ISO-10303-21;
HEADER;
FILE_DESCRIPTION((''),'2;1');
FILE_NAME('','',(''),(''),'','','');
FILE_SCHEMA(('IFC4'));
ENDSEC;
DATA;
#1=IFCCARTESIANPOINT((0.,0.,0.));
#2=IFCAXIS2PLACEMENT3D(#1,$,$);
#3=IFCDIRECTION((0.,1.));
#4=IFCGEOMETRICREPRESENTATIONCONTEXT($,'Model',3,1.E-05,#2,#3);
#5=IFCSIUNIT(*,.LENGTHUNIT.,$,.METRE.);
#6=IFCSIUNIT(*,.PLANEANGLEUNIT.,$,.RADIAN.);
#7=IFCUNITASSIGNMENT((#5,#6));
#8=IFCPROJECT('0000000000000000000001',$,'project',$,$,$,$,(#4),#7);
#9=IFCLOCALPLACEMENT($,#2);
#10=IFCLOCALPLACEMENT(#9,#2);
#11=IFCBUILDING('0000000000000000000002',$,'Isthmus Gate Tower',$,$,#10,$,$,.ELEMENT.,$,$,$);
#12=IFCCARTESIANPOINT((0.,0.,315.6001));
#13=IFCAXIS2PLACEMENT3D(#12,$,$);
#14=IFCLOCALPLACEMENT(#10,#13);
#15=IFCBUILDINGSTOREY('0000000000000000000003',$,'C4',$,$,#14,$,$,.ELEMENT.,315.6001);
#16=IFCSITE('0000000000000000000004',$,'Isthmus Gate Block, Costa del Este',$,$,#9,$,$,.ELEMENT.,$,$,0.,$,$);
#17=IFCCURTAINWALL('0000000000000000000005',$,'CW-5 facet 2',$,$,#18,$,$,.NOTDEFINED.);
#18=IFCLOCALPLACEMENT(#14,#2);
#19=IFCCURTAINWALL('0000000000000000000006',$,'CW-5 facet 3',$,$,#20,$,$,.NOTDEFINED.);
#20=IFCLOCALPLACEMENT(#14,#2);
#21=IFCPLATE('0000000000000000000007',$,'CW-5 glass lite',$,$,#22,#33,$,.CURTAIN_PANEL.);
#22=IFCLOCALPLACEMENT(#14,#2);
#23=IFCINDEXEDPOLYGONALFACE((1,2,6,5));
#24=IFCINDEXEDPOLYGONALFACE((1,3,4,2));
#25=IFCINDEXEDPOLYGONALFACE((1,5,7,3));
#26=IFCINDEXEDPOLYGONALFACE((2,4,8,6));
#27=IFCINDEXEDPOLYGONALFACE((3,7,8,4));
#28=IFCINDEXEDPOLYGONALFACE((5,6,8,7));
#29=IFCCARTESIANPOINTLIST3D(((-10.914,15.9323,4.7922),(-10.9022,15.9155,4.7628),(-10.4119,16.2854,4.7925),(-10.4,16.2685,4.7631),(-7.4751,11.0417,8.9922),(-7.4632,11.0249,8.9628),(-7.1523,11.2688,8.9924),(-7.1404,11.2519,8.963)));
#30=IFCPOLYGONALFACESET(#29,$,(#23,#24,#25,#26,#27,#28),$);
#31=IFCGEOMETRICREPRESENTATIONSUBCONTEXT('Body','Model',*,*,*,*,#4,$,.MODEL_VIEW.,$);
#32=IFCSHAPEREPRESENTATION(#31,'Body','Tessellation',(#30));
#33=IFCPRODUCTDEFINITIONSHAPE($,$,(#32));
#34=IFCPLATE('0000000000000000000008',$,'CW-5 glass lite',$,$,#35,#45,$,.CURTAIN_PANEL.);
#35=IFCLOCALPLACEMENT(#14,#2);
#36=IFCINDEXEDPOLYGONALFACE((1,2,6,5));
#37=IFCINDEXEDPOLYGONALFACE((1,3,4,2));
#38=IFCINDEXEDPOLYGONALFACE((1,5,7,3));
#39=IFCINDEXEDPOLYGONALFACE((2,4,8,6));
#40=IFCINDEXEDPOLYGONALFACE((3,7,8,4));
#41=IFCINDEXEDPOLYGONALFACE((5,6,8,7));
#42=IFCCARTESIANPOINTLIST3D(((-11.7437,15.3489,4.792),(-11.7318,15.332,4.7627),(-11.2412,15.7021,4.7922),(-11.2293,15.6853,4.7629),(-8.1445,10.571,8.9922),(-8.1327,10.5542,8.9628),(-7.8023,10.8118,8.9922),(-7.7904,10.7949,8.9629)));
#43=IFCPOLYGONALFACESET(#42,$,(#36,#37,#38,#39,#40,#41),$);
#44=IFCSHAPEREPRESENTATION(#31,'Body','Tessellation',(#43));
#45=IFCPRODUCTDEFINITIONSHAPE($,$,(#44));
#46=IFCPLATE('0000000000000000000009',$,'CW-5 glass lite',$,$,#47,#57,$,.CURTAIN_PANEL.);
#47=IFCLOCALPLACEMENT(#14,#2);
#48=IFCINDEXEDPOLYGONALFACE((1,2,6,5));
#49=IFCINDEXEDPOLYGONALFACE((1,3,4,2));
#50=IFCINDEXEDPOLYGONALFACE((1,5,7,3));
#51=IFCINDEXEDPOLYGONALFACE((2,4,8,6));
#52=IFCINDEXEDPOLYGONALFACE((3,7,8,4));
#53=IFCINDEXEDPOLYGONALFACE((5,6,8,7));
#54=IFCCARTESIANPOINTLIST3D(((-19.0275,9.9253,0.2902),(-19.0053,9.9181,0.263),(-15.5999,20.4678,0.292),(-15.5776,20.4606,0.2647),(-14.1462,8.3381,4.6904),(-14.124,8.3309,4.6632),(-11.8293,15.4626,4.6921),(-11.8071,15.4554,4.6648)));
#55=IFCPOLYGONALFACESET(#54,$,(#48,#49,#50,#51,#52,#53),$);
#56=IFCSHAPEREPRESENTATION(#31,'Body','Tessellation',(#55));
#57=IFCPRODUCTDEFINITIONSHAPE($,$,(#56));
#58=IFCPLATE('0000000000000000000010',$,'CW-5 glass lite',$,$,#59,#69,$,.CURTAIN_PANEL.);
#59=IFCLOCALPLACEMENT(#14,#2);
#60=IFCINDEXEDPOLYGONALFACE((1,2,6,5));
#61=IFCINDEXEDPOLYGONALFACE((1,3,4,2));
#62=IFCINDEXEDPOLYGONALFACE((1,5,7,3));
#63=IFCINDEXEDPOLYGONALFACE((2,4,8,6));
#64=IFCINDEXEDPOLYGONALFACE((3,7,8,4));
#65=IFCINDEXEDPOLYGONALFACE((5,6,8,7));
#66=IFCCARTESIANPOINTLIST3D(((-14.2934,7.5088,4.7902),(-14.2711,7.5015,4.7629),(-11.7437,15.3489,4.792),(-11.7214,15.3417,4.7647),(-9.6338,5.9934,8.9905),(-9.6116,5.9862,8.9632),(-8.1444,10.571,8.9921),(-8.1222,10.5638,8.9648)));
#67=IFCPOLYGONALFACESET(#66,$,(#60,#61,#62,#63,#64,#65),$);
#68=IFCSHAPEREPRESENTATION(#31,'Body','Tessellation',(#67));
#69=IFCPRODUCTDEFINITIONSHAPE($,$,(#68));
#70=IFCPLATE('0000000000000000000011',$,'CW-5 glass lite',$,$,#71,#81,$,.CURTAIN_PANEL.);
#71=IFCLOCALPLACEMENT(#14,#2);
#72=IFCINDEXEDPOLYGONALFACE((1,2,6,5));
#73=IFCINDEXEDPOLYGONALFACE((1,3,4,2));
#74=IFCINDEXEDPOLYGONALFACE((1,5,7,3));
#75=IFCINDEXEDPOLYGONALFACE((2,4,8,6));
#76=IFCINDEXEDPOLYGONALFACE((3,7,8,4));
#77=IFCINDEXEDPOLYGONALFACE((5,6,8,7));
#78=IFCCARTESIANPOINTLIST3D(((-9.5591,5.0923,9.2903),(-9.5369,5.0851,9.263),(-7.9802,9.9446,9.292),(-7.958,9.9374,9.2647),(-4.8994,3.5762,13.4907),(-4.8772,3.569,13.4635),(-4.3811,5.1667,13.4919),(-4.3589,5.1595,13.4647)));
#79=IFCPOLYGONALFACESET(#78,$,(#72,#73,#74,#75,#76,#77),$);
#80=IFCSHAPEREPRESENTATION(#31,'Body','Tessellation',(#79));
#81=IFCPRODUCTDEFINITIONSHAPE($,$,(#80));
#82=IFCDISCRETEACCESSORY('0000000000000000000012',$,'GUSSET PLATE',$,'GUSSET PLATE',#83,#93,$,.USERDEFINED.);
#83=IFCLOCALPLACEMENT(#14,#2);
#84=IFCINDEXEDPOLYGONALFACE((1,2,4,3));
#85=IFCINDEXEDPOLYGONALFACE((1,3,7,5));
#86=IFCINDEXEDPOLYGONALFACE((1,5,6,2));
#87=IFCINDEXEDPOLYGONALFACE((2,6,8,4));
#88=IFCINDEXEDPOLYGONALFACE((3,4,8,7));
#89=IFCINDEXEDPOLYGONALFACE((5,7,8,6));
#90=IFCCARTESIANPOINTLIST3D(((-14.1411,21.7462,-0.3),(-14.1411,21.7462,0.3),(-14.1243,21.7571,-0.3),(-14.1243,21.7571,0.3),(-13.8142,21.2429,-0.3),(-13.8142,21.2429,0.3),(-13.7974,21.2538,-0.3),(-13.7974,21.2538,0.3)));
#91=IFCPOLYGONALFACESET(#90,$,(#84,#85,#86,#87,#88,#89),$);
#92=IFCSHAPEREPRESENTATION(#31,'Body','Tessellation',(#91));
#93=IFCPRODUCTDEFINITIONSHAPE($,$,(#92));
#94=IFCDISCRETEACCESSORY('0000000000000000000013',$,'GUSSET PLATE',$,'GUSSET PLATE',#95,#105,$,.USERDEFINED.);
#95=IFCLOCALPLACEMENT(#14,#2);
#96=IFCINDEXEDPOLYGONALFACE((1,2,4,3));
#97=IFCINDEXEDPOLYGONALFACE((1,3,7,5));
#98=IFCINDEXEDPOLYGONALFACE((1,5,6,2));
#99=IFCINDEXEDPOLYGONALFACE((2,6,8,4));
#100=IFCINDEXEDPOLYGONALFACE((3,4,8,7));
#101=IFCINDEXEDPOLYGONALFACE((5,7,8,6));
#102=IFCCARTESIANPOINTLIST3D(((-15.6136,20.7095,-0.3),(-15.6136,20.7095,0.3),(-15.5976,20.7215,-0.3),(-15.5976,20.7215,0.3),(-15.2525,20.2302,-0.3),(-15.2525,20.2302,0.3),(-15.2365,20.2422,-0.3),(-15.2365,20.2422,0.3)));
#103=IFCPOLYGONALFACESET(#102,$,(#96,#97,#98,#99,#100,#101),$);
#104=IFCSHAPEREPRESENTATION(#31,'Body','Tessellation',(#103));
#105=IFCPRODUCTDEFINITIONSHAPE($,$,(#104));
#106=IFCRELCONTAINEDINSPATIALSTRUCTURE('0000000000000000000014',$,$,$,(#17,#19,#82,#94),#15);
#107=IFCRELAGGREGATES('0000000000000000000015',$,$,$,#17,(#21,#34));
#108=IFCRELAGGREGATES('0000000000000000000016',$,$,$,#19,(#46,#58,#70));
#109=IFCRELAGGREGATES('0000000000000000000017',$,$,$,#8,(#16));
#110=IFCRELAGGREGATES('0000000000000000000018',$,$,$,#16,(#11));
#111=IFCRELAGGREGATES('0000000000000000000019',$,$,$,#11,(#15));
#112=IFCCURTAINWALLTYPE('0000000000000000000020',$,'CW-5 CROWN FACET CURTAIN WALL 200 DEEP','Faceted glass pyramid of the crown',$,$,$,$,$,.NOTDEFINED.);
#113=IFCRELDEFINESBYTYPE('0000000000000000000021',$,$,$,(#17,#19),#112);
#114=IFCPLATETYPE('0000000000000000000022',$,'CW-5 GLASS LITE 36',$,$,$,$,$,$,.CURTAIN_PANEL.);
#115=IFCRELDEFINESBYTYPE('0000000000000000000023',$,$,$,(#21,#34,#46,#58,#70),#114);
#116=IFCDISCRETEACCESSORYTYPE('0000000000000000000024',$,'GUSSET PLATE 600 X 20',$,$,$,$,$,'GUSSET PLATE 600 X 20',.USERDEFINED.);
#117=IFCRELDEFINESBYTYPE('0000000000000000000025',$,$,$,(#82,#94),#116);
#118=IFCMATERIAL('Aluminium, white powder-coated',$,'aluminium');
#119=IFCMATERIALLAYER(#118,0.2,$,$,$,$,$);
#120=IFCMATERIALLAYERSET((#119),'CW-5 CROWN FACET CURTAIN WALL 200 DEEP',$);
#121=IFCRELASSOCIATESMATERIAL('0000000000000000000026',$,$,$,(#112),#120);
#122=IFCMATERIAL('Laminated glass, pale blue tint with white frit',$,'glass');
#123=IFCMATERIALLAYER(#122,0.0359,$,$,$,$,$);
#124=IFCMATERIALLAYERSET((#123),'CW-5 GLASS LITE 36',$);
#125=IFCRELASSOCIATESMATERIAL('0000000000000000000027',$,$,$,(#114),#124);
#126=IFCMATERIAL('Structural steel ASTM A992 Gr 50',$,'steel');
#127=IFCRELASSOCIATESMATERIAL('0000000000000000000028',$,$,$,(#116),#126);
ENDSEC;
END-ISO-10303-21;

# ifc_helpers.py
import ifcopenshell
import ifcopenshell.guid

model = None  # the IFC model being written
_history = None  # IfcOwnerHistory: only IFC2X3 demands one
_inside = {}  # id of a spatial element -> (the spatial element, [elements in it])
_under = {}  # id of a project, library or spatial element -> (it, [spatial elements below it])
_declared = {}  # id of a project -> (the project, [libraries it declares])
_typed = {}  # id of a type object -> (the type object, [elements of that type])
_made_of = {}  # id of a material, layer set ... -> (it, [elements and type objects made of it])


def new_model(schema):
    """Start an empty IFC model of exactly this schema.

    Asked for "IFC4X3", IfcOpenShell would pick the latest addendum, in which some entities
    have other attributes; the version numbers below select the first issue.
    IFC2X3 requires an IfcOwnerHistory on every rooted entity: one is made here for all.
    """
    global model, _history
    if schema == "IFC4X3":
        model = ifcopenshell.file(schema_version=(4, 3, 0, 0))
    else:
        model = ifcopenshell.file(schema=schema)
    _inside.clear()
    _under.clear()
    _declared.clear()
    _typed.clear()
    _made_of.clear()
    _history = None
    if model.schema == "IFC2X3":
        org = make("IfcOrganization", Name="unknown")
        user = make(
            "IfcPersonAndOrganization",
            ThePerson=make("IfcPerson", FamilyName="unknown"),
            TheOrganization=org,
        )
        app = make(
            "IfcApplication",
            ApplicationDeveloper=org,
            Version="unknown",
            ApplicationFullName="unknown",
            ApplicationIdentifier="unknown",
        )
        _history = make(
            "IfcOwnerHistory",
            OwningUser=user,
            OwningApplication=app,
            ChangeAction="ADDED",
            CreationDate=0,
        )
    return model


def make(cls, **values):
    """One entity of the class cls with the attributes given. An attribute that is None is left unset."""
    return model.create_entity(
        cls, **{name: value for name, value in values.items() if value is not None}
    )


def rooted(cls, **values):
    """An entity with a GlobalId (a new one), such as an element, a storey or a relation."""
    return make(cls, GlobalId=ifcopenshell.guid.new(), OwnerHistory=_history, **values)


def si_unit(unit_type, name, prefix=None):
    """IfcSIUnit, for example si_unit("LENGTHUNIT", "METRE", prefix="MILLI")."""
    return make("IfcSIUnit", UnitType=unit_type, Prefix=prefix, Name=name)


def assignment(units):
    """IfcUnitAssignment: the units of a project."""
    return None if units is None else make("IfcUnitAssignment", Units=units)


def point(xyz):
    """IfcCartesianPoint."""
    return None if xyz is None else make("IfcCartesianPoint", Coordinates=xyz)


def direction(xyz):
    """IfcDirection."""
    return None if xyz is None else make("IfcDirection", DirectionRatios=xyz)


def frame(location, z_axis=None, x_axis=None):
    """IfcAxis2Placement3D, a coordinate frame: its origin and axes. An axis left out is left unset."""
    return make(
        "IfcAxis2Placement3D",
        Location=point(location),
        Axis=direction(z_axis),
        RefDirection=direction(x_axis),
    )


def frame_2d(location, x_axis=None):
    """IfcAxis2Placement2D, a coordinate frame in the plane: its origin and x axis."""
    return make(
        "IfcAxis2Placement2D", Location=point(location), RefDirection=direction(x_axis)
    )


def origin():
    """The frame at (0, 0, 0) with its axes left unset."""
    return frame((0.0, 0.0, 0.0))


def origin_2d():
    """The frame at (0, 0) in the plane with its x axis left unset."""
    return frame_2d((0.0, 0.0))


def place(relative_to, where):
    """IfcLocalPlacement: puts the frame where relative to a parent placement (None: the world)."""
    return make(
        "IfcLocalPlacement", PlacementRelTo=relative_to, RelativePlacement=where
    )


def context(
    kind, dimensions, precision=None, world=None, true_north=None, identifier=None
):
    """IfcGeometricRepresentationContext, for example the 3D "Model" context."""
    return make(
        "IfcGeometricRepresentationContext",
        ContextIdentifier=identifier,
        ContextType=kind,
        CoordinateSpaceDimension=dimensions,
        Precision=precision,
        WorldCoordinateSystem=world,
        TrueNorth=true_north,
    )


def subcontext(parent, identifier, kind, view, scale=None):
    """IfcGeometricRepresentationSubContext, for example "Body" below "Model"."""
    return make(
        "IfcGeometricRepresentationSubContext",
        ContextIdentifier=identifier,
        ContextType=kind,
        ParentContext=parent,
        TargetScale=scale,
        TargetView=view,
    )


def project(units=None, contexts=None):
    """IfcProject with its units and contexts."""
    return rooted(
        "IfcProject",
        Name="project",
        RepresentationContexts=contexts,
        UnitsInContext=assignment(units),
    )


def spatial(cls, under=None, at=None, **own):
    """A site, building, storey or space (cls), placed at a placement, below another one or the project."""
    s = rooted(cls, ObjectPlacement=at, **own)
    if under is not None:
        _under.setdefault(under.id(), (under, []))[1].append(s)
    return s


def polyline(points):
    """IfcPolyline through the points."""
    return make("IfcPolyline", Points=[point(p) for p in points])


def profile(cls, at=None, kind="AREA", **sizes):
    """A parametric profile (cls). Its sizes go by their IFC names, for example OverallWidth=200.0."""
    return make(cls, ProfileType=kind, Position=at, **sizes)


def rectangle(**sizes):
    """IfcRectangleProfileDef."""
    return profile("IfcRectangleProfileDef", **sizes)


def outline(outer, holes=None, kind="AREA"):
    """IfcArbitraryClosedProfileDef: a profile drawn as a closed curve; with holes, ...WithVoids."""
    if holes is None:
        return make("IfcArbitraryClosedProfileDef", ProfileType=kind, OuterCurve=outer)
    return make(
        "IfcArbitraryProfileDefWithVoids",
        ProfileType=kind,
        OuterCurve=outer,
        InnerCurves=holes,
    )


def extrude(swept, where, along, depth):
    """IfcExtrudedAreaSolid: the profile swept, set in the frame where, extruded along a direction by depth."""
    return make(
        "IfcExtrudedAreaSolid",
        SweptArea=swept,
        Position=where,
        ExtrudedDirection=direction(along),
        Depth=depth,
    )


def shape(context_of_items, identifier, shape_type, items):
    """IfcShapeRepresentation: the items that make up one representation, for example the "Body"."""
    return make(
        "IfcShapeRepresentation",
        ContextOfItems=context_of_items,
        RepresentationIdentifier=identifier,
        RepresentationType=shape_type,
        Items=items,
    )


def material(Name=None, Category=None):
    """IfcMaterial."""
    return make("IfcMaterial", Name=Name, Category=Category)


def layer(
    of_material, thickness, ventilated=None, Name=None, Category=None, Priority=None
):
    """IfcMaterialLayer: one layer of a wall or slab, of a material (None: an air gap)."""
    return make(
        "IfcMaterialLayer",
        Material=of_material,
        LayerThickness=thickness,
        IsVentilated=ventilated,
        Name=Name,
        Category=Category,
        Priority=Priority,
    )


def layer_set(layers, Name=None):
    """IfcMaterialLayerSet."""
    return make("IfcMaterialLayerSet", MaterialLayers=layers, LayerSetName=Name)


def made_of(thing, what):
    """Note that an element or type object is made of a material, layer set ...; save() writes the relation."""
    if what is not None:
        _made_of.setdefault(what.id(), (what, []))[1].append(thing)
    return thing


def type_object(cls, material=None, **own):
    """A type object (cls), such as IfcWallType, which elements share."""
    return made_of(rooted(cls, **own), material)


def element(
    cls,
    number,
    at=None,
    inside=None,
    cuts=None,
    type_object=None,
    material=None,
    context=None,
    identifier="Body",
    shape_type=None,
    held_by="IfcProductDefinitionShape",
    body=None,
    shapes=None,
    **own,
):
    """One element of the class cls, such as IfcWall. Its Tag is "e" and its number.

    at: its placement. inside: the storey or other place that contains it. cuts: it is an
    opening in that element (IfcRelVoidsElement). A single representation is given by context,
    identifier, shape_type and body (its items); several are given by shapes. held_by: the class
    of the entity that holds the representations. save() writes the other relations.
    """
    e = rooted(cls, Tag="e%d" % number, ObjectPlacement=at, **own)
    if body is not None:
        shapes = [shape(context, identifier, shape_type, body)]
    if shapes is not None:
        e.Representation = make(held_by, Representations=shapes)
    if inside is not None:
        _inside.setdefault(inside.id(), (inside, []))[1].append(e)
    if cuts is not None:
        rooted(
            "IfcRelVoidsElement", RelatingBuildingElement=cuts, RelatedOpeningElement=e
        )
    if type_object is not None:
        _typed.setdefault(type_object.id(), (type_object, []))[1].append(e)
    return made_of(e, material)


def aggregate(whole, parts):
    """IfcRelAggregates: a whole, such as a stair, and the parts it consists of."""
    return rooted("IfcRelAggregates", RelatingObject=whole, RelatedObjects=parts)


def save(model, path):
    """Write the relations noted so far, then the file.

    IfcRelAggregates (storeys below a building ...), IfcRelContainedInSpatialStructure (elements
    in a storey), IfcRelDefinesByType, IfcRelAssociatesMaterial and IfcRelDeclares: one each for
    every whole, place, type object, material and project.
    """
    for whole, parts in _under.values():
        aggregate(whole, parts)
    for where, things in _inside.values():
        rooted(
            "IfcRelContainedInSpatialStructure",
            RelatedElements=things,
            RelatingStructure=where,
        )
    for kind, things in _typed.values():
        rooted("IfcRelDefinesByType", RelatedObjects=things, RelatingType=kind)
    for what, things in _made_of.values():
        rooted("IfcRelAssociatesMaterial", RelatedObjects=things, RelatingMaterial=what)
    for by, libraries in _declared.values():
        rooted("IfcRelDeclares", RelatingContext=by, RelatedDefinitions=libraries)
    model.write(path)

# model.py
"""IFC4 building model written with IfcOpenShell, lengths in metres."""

from ifc_helpers import new_model, si_unit, direction, frame, origin, origin_2d, place, context, subcontext, project, spatial, polyline, rectangle, outline, extrude, material, layer, layer_set, type_object, element, aggregate, save


model = new_model("IFC4")

# Units and contexts
model_context = context("Model", 3, precision=1e-05, world=origin(), true_north=direction((0.0, 1.0)))
body_context = subcontext(model_context, "Body", "Model", "MODEL_VIEW")
ifc_project = project(units=[si_unit("LENGTHUNIT", "METRE"), si_unit("PLANEANGLEUNIT", "RADIAN")], contexts=[model_context])

# Site, building, storey
site_placement = place(None, origin())
site = spatial("IfcSite", under=ifc_project, at=site_placement, Name="Isthmus Gate Block, Costa del Este", CompositionType="ELEMENT", RefElevation=0.0)
building_placement = place(site_placement, origin())
building = spatial("IfcBuilding", under=site, at=building_placement, Name="Isthmus Gate Tower", CompositionType="ELEMENT")
storey_placement = place(building_placement, frame((0.0, 0.0, 315.6001)))
storey = spatial("IfcBuildingStorey", under=building, at=storey_placement, Name="C4", CompositionType="ELEMENT", Elevation=315.6001)

# Curtain walls
ifc_material_1 = material(Name="Aluminium, white powder-coated", Category="aluminium")
ifc_layer_1 = layer(ifc_material_1, 0.2)
ifc_layer_set_1 = layer_set([ifc_layer_1], Name="CW-5 CROWN FACET CURTAIN WALL 200 DEEP")
curtain_wall_type = type_object("IfcCurtainWallType", Name="CW-5 CROWN FACET CURTAIN WALL 200 DEEP", Description="Faceted glass pyramid of the crown", PredefinedType="NOTDEFINED", material=ifc_layer_set_1)
curtain_wall_1_placement = place(storey_placement, origin())
curtain_wall_1 = element("IfcCurtainWall", 1, at=curtain_wall_1_placement, inside=storey, type_object=curtain_wall_type, Name="CW-5 facet 2", PredefinedType="NOTDEFINED")
placement_1 = place(building_placement, frame((0.0, 0.0, 324.6001)))
curtain_wall_2_placement = place(storey_placement, origin())
curtain_wall_2 = element("IfcCurtainWall", 2, at=curtain_wall_2_placement, inside=storey, type_object=curtain_wall_type, Name="CW-5 facet 3", PredefinedType="NOTDEFINED")

# Shared definitions
placement_2 = place(building_placement, frame((0.0, 0.0, 320.1001)))

# Plates
ifc_material_2 = material(Name="Laminated glass, pale blue tint with white frit", Category="glass")
ifc_layer_2 = layer(ifc_material_2, 0.0359)
ifc_layer_set_2 = layer_set([ifc_layer_2], Name="CW-5 GLASS LITE 36")
plate_type = type_object("IfcPlateType", Name="CW-5 GLASS LITE 36", PredefinedType="CURTAIN_PANEL", material=ifc_layer_set_2)
plate_1_placement = place(placement_2, frame((-10.4119, 16.2854, 0.2925), z_axis=(-0.33097, 0.469997, 0.818267), x_axis=(-0.818041, -0.575159, -0.000519)))
plate_1 = element("IfcPlate", 3, at=plate_1_placement, type_object=plate_type, Name="CW-5 glass lite", PredefinedType="CURTAIN_PANEL", context=body_context, shape_type="SweptSolid", body=[
    extrude(outline(polyline([(0.0, 0.0), (0.6139, 0.0), (0.6114, 7.3065), (0.2167, 7.3064), (0.0, 0.0)])), origin(), (0.0, 0.0, -1.0), 0.0359),
])
plate_2_placement = place(placement_2, frame((-11.2412, 15.7021, 0.2922), z_axis=(-0.330814, 0.470119, 0.81826), x_axis=(-0.81807, -0.575119, -0.000311)))
plate_2 = element("IfcPlate", 4, at=plate_2_placement, type_object=plate_type, Name="CW-5 glass lite", PredefinedType="CURTAIN_PANEL", context=body_context, shape_type="SweptSolid", body=[
    extrude(outline(polyline([(0.0, 0.0), (0.6142, 0.0), (0.4164, 7.3064), (-0.0021, 7.3063), (0.0, 0.0)])), origin(), (0.0, 0.0, -1.0), 0.0359),
])
aggregate(curtain_wall_1, [plate_1, plate_2])
plate_3_placement = place(storey_placement, frame((-15.5999, 20.4678, 0.292), z_axis=(-0.618989, 0.201125, 0.759211), x_axis=(-0.309198, -0.950998, -0.00016)))
plate_3 = element("IfcPlate", 5, at=plate_3_placement, type_object=plate_type, Name="CW-5 glass lite", PredefinedType="CURTAIN_PANEL", context=body_context, shape_type="SweptSolid", body=[
    extrude(outline(polyline([(0.0, 0.0), (11.0857, 0.0), (11.0851, 6.7608), (3.5933, 6.7615), (0.0, 0.0)])), origin(), (0.0, 0.0, -1.0), 0.0359),
])
plate_4_placement = place(placement_2, frame((-11.7437, 15.3489, 0.292), z_axis=(-0.618979, 0.201124, 0.759219), x_axis=(-0.30927, -0.950974, -0.000221)))
plate_4 = element("IfcPlate", 6, at=plate_4_placement, type_object=plate_type, Name="CW-5 glass lite", PredefinedType="CURTAIN_PANEL", context=body_context, shape_type="SweptSolid", body=[
    extrude(outline(polyline([(0.0, 0.0), (8.2443, 0.0), (8.2434, 6.4537), (3.4296, 6.4545), (0.0, 0.0)])), origin(), (0.0, 0.0, -1.0), 0.0359),
])
plate_5_placement = place(placement_1, frame((-7.9802, 9.9446, 0.292), z_axis=(-0.618966, 0.20113, 0.759228), x_axis=(-0.309413, -0.950928, -0.000338)))
plate_5 = element("IfcPlate", 7, at=plate_5_placement, type_object=plate_type, Name="CW-5 glass lite", PredefinedType="CURTAIN_PANEL", context=body_context, shape_type="SweptSolid", body=[
    extrude(outline(polyline([(0.0, 0.0), (5.1027, 0.0), (5.1012, 6.4541), (3.4283, 6.455), (0.0, 0.0)])), origin(), (0.0, 0.0, -1.0), 0.0359),
])
aggregate(curtain_wall_2, [plate_3, plate_4, plate_5])

# Discrete accessories
ifc_material_3 = material(Name="Structural steel ASTM A992 Gr 50", Category="steel")
discrete_accessory_type = type_object("IfcDiscreteAccessoryType", Name="GUSSET PLATE 600 X 20", ElementType="GUSSET PLATE 600 X 20", PredefinedType="USERDEFINED", material=ifc_material_3)
for number, where, z_axis, x_axis, name in (
    (8, (-13.9692, 21.5, -0.3), (0.0, 0.0, 1.0), (0.544833, -0.838545, 0.0), "GUSSET PLATE"),
    (9, (-15.425, 20.4758, -0.3), (0.0, 0.0, 1.0), (0.601697, -0.798724, 0.0), "GUSSET PLATE"),
):
    element("IfcDiscreteAccessory", number, at=place(storey_placement, frame(where, z_axis=z_axis, x_axis=x_axis)), inside=storey, type_object=discrete_accessory_type, Name=name, ObjectType="GUSSET PLATE", PredefinedType="USERDEFINED", context=body_context, shape_type="SweptSolid", body=[
        extrude(rectangle(XDim=0.6001, YDim=0.02, at=origin_2d()), origin(), (0.0, 0.0, 1.0), 0.6001),
    ])

save(model, "model.ifc")
